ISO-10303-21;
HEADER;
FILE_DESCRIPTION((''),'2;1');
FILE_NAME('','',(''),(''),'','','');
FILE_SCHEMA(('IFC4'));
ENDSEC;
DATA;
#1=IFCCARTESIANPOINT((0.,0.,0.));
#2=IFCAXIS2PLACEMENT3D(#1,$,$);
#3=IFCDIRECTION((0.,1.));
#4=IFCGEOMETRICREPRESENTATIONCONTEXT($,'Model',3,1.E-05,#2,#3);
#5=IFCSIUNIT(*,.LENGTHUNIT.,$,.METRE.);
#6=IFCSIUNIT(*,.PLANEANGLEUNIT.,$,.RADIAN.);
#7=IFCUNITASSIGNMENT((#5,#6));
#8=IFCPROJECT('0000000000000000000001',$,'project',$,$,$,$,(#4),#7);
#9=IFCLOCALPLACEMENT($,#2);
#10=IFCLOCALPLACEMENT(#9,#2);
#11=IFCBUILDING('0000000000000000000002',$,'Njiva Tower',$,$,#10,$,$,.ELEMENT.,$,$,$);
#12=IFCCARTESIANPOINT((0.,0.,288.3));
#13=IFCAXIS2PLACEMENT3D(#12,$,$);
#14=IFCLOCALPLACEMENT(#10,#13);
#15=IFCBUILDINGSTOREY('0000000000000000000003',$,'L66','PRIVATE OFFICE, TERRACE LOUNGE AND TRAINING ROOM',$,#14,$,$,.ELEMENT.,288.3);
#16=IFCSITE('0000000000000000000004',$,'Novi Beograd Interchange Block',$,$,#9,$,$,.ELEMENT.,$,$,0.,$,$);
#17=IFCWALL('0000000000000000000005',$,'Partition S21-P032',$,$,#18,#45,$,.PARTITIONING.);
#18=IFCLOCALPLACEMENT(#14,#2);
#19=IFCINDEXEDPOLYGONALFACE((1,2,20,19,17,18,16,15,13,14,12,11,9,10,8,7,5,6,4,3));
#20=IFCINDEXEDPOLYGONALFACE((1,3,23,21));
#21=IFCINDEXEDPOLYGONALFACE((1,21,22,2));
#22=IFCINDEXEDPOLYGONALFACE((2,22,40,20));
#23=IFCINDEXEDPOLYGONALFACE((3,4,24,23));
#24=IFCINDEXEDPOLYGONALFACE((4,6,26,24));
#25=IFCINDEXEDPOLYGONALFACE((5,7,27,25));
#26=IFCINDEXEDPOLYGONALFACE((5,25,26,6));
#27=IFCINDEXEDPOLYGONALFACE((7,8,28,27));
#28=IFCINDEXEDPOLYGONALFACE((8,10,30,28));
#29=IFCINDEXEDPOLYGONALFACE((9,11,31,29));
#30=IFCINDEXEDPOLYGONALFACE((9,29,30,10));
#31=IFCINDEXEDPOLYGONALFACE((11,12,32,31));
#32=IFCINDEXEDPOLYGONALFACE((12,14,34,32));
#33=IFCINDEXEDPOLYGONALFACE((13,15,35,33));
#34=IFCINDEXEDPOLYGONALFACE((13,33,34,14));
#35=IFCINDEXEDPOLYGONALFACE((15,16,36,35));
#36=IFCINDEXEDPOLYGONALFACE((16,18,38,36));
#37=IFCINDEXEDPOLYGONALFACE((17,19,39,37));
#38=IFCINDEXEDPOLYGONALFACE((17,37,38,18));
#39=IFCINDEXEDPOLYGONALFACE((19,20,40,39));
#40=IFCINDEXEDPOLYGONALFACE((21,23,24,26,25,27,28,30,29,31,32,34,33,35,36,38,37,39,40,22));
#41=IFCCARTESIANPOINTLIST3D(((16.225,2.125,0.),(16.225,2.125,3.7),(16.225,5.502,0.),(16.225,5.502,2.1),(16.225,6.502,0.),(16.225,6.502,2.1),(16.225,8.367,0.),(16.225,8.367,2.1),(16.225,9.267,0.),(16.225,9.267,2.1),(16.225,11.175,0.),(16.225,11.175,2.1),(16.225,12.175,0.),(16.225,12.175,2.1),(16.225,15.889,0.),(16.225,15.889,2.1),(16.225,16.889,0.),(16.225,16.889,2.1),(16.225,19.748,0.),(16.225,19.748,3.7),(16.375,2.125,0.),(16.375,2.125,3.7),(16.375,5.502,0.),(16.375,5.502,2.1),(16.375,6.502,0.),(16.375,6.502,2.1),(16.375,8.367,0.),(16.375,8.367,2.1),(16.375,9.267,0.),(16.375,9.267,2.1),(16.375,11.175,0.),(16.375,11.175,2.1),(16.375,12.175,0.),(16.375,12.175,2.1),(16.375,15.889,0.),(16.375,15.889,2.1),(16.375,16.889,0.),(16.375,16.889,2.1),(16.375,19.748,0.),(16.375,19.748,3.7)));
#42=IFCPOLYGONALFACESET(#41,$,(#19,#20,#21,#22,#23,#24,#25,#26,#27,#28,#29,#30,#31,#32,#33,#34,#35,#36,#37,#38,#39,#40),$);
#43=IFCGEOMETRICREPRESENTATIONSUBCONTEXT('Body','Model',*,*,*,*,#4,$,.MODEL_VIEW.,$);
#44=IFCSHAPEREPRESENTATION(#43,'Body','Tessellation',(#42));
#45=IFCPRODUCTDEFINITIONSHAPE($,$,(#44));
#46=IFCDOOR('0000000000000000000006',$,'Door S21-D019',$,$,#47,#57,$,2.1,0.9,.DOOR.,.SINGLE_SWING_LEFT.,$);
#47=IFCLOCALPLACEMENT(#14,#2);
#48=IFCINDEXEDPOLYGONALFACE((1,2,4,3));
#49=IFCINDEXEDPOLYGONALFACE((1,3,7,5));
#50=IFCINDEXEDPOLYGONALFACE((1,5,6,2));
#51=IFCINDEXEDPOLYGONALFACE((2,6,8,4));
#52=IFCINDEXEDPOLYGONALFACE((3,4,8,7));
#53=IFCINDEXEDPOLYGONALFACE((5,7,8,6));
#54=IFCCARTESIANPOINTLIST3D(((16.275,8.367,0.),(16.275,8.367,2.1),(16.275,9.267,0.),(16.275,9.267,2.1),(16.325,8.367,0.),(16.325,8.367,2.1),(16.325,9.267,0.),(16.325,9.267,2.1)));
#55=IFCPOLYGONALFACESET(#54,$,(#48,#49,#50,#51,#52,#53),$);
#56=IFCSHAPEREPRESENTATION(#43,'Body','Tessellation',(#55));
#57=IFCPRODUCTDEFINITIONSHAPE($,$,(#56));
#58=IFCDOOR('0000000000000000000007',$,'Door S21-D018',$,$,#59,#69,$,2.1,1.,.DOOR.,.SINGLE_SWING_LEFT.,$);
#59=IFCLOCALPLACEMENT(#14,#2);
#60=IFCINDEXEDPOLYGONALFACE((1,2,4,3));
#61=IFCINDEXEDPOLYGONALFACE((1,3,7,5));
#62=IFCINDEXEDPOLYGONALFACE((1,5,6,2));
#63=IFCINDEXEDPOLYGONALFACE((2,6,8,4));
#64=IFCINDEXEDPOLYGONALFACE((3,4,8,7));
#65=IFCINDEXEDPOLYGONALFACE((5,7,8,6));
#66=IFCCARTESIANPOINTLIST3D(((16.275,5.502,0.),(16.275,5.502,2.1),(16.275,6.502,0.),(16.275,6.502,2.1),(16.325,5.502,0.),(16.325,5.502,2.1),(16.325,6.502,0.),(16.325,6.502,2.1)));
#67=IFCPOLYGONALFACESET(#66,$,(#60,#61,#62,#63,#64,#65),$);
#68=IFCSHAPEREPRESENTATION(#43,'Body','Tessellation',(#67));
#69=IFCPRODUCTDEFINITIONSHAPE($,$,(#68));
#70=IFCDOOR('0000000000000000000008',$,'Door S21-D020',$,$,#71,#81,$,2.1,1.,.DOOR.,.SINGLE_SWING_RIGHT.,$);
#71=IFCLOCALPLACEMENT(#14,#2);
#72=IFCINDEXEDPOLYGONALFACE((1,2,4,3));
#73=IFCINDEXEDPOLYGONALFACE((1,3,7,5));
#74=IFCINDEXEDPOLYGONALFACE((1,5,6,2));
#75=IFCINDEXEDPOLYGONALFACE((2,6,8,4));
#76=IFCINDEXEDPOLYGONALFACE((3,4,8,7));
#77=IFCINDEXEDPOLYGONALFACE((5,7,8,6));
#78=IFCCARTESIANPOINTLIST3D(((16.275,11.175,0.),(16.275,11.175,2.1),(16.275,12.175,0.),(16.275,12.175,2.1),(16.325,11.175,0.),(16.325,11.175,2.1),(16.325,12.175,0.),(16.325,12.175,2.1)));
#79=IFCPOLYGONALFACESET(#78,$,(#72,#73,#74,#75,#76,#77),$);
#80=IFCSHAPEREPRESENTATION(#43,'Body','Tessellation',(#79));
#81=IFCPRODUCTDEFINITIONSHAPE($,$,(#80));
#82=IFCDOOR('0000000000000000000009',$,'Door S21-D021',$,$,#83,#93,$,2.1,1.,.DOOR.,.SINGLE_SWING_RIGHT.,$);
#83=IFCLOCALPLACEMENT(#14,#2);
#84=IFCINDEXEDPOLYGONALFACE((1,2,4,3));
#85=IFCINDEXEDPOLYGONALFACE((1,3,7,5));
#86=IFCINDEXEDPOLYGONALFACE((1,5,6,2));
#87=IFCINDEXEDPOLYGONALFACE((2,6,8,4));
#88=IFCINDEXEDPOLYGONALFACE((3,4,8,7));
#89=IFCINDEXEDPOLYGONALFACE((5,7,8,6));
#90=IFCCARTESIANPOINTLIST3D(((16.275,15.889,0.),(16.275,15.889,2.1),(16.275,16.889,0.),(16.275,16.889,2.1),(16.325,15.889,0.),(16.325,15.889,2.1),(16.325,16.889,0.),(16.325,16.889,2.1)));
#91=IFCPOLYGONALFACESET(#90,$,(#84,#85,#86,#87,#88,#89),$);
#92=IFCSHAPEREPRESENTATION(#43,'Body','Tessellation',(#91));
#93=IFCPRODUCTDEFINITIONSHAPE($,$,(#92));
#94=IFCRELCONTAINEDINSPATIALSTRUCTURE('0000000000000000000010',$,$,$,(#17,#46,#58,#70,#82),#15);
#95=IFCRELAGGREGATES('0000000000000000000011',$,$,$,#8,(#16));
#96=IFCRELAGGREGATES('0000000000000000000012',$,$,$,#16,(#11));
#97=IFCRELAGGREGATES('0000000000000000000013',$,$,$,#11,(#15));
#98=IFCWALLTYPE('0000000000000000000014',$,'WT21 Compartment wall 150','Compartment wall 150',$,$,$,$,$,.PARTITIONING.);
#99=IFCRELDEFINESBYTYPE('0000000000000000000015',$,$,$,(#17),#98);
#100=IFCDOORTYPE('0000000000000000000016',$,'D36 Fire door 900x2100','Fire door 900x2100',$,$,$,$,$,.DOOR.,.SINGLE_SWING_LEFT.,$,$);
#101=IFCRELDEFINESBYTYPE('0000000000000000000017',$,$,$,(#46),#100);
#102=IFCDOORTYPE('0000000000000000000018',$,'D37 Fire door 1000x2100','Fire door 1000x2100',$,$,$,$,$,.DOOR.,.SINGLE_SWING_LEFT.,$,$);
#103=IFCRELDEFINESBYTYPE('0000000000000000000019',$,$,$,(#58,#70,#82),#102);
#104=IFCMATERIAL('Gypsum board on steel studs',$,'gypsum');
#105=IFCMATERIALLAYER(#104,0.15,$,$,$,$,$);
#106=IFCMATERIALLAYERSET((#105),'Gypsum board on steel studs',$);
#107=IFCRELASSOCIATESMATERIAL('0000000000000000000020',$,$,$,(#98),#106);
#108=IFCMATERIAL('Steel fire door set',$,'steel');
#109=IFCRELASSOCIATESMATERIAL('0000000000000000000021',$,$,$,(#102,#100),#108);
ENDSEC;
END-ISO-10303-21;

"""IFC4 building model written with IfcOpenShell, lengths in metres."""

from ifc_helpers import new_model, si_unit, direction, frame, frame_2d, origin, place, context, subcontext, project, spatial, rectangle, extrude, material, layer, layer_set, type_object, element, fill, save


model = new_model("IFC4")

# Units and contexts
model_context = context("Model", 3, precision=1e-05, world=origin(), true_north=direction((0.0, 1.0)))
body_context = subcontext(model_context, "Body", "Model", "MODEL_VIEW")
ifc_project = project(units=[si_unit("LENGTHUNIT", "METRE"), si_unit("PLANEANGLEUNIT", "RADIAN")], contexts=[model_context])

# Site, building, storey
site_placement = place(None, origin())
site = spatial("IfcSite", under=ifc_project, at=site_placement, Name="Novi Beograd Interchange Block", CompositionType="ELEMENT", RefElevation=0.0)
building_placement = place(site_placement, origin())
building = spatial("IfcBuilding", under=site, at=building_placement, Name="Njiva Tower", CompositionType="ELEMENT")
storey_placement = place(building_placement, frame((0.0, 0.0, 288.3)))
storey = spatial("IfcBuildingStorey", under=building, at=storey_placement, Name="L66", Description="PRIVATE OFFICE, TERRACE LOUNGE AND TRAINING ROOM", CompositionType="ELEMENT", Elevation=288.3)

# Shared definitions
ifc_material_1 = material(Name="Gypsum board on steel studs", Category="gypsum")

# Shared definitions
ifc_layer_1 = layer(ifc_material_1, 0.15)
ifc_layer_set_1 = layer_set([ifc_layer_1], Name="Gypsum board on steel studs")
wall_type_1 = type_object("IfcWallType", Name="WT21 Compartment wall 150", Description="Compartment wall 150", PredefinedType="PARTITIONING", material=ifc_layer_set_1)
ifc_material_2 = material(Name="Steel fire door set", Category="steel")
door_type_1 = type_object("IfcDoorType", Name="D37 Fire door 1000x2100", Description="Fire door 1000x2100", OperationType="SINGLE_SWING_LEFT", PredefinedType="DOOR", material=ifc_material_2)

# Wall, openings, doors
wall_1_placement = place(storey_placement, frame((16.3, 2.125, 0.0), z_axis=(0.0, 0.0, 1.0), x_axis=(0.0, 1.0, 0.0)))
wall_1 = element("IfcWall", 1, at=wall_1_placement, inside=storey, type_object=wall_type_1, Name="Partition S21-P032", PredefinedType="PARTITIONING", context=body_context, shape_type="SweptSolid", body=[
    extrude(rectangle(XDim=17.623, YDim=0.15, at=frame_2d((8.8115, 0.0))), origin(), (0.0, 0.0, 1.0), 3.7),
])
opening_1_placement = place(wall_1_placement, frame((3.377, 0.0, 0.0)))
opening_1 = element("IfcOpeningElement", 2, at=opening_1_placement, cuts=wall_1, PredefinedType="OPENING", context=body_context, shape_type="SweptSolid", body=[
    extrude(rectangle(XDim=1.0, YDim=2.1, at=frame_2d((0.5, 1.05))), frame((0.0, 0.085, 0.0), z_axis=(0.0, -1.0, 0.0), x_axis=(1.0, 0.0, 0.0)), (0.0, 0.0, 1.0), 0.17),
])
opening_2_placement = place(wall_1_placement, frame((6.242, 0.0, 0.0)))
opening_2 = element("IfcOpeningElement", 3, at=opening_2_placement, cuts=wall_1, PredefinedType="OPENING", context=body_context, shape_type="SweptSolid", body=[
    extrude(rectangle(XDim=0.9, YDim=2.1, at=frame_2d((0.45, 1.05))), frame((0.0, 0.085, 0.0), z_axis=(0.0, -1.0, 0.0), x_axis=(1.0, 0.0, 0.0)), (0.0, 0.0, 1.0), 0.17),
])
opening_3_placement = place(wall_1_placement, frame((9.05, 0.0, 0.0)))
opening_3 = element("IfcOpeningElement", 4, at=opening_3_placement, cuts=wall_1, PredefinedType="OPENING", context=body_context, shape_type="SweptSolid", body=[
    extrude(rectangle(XDim=1.0, YDim=2.1, at=frame_2d((0.5, 1.05))), frame((0.0, 0.085, 0.0), z_axis=(0.0, -1.0, 0.0), x_axis=(1.0, 0.0, 0.0)), (0.0, 0.0, 1.0), 0.17),
])
opening_4_placement = place(wall_1_placement, frame((13.764, 0.0, 0.0)))
opening_4 = element("IfcOpeningElement", 5, at=opening_4_placement, cuts=wall_1, PredefinedType="OPENING", context=body_context, shape_type="SweptSolid", body=[
    extrude(rectangle(XDim=1.0, YDim=2.1, at=frame_2d((0.5, 1.05))), frame((0.0, 0.085, 0.0), z_axis=(0.0, -1.0, 0.0), x_axis=(1.0, 0.0, 0.0)), (0.0, 0.0, 1.0), 0.17),
])
door_type_2 = type_object("IfcDoorType", Name="D36 Fire door 900x2100", Description="Fire door 900x2100", OperationType="SINGLE_SWING_LEFT", PredefinedType="DOOR", material=ifc_material_2)
door_1_placement = place(opening_2_placement, origin())
door_1 = element("IfcDoor", 6, at=door_1_placement, inside=storey, type_object=door_type_2, Name="Door S21-D019", OperationType="SINGLE_SWING_LEFT", OverallHeight=2.1, OverallWidth=0.9, PredefinedType="DOOR", context=body_context, shape_type="SweptSolid", body=[
    extrude(rectangle(XDim=0.9, YDim=2.1, at=frame_2d((0.45, 1.05))), frame((0.0, 0.025, 0.0), z_axis=(0.0, -1.0, 0.0), x_axis=(1.0, 0.0, 0.0)), (0.0, 0.0, 1.0), 0.05),
])
fill(opening_2, door_1)
door_2_placement = place(opening_1_placement, origin())
door_2 = element("IfcDoor", 7, at=door_2_placement, inside=storey, type_object=door_type_1, Name="Door S21-D018", OperationType="SINGLE_SWING_LEFT", OverallHeight=2.1, OverallWidth=1.0, PredefinedType="DOOR", context=body_context, shape_type="SweptSolid", body=[
    extrude(rectangle(XDim=1.0, YDim=2.1, at=frame_2d((0.5, 1.05))), frame((0.0, 0.025, 0.0), z_axis=(0.0, -1.0, 0.0), x_axis=(1.0, 0.0, 0.0)), (0.0, 0.0, 1.0), 0.05),
])
fill(opening_1, door_2)
door_3_placement = place(opening_3_placement, origin())
door_3 = element("IfcDoor", 8, at=door_3_placement, inside=storey, type_object=door_type_1, Name="Door S21-D020", OperationType="SINGLE_SWING_RIGHT", OverallHeight=2.1, OverallWidth=1.0, PredefinedType="DOOR", context=body_context, shape_type="SweptSolid", body=[
    extrude(rectangle(XDim=1.0, YDim=2.1, at=frame_2d((0.5, 1.05))), frame((0.0, 0.025, 0.0), z_axis=(0.0, -1.0, 0.0), x_axis=(1.0, 0.0, 0.0)), (0.0, 0.0, 1.0), 0.05),
])
fill(opening_3, door_3)
door_4_placement = place(opening_4_placement, origin())
door_4 = element("IfcDoor", 9, at=door_4_placement, inside=storey, type_object=door_type_1, Name="Door S21-D021", OperationType="SINGLE_SWING_RIGHT", OverallHeight=2.1, OverallWidth=1.0, PredefinedType="DOOR", context=body_context, shape_type="SweptSolid", body=[
    extrude(rectangle(XDim=1.0, YDim=2.1, at=frame_2d((0.5, 1.05))), frame((0.0, 0.025, 0.0), z_axis=(0.0, -1.0, 0.0), x_axis=(1.0, 0.0, 0.0)), (0.0, 0.0, 1.0), 0.05),
])
fill(opening_4, door_4)

save(model, "model.ifc")
